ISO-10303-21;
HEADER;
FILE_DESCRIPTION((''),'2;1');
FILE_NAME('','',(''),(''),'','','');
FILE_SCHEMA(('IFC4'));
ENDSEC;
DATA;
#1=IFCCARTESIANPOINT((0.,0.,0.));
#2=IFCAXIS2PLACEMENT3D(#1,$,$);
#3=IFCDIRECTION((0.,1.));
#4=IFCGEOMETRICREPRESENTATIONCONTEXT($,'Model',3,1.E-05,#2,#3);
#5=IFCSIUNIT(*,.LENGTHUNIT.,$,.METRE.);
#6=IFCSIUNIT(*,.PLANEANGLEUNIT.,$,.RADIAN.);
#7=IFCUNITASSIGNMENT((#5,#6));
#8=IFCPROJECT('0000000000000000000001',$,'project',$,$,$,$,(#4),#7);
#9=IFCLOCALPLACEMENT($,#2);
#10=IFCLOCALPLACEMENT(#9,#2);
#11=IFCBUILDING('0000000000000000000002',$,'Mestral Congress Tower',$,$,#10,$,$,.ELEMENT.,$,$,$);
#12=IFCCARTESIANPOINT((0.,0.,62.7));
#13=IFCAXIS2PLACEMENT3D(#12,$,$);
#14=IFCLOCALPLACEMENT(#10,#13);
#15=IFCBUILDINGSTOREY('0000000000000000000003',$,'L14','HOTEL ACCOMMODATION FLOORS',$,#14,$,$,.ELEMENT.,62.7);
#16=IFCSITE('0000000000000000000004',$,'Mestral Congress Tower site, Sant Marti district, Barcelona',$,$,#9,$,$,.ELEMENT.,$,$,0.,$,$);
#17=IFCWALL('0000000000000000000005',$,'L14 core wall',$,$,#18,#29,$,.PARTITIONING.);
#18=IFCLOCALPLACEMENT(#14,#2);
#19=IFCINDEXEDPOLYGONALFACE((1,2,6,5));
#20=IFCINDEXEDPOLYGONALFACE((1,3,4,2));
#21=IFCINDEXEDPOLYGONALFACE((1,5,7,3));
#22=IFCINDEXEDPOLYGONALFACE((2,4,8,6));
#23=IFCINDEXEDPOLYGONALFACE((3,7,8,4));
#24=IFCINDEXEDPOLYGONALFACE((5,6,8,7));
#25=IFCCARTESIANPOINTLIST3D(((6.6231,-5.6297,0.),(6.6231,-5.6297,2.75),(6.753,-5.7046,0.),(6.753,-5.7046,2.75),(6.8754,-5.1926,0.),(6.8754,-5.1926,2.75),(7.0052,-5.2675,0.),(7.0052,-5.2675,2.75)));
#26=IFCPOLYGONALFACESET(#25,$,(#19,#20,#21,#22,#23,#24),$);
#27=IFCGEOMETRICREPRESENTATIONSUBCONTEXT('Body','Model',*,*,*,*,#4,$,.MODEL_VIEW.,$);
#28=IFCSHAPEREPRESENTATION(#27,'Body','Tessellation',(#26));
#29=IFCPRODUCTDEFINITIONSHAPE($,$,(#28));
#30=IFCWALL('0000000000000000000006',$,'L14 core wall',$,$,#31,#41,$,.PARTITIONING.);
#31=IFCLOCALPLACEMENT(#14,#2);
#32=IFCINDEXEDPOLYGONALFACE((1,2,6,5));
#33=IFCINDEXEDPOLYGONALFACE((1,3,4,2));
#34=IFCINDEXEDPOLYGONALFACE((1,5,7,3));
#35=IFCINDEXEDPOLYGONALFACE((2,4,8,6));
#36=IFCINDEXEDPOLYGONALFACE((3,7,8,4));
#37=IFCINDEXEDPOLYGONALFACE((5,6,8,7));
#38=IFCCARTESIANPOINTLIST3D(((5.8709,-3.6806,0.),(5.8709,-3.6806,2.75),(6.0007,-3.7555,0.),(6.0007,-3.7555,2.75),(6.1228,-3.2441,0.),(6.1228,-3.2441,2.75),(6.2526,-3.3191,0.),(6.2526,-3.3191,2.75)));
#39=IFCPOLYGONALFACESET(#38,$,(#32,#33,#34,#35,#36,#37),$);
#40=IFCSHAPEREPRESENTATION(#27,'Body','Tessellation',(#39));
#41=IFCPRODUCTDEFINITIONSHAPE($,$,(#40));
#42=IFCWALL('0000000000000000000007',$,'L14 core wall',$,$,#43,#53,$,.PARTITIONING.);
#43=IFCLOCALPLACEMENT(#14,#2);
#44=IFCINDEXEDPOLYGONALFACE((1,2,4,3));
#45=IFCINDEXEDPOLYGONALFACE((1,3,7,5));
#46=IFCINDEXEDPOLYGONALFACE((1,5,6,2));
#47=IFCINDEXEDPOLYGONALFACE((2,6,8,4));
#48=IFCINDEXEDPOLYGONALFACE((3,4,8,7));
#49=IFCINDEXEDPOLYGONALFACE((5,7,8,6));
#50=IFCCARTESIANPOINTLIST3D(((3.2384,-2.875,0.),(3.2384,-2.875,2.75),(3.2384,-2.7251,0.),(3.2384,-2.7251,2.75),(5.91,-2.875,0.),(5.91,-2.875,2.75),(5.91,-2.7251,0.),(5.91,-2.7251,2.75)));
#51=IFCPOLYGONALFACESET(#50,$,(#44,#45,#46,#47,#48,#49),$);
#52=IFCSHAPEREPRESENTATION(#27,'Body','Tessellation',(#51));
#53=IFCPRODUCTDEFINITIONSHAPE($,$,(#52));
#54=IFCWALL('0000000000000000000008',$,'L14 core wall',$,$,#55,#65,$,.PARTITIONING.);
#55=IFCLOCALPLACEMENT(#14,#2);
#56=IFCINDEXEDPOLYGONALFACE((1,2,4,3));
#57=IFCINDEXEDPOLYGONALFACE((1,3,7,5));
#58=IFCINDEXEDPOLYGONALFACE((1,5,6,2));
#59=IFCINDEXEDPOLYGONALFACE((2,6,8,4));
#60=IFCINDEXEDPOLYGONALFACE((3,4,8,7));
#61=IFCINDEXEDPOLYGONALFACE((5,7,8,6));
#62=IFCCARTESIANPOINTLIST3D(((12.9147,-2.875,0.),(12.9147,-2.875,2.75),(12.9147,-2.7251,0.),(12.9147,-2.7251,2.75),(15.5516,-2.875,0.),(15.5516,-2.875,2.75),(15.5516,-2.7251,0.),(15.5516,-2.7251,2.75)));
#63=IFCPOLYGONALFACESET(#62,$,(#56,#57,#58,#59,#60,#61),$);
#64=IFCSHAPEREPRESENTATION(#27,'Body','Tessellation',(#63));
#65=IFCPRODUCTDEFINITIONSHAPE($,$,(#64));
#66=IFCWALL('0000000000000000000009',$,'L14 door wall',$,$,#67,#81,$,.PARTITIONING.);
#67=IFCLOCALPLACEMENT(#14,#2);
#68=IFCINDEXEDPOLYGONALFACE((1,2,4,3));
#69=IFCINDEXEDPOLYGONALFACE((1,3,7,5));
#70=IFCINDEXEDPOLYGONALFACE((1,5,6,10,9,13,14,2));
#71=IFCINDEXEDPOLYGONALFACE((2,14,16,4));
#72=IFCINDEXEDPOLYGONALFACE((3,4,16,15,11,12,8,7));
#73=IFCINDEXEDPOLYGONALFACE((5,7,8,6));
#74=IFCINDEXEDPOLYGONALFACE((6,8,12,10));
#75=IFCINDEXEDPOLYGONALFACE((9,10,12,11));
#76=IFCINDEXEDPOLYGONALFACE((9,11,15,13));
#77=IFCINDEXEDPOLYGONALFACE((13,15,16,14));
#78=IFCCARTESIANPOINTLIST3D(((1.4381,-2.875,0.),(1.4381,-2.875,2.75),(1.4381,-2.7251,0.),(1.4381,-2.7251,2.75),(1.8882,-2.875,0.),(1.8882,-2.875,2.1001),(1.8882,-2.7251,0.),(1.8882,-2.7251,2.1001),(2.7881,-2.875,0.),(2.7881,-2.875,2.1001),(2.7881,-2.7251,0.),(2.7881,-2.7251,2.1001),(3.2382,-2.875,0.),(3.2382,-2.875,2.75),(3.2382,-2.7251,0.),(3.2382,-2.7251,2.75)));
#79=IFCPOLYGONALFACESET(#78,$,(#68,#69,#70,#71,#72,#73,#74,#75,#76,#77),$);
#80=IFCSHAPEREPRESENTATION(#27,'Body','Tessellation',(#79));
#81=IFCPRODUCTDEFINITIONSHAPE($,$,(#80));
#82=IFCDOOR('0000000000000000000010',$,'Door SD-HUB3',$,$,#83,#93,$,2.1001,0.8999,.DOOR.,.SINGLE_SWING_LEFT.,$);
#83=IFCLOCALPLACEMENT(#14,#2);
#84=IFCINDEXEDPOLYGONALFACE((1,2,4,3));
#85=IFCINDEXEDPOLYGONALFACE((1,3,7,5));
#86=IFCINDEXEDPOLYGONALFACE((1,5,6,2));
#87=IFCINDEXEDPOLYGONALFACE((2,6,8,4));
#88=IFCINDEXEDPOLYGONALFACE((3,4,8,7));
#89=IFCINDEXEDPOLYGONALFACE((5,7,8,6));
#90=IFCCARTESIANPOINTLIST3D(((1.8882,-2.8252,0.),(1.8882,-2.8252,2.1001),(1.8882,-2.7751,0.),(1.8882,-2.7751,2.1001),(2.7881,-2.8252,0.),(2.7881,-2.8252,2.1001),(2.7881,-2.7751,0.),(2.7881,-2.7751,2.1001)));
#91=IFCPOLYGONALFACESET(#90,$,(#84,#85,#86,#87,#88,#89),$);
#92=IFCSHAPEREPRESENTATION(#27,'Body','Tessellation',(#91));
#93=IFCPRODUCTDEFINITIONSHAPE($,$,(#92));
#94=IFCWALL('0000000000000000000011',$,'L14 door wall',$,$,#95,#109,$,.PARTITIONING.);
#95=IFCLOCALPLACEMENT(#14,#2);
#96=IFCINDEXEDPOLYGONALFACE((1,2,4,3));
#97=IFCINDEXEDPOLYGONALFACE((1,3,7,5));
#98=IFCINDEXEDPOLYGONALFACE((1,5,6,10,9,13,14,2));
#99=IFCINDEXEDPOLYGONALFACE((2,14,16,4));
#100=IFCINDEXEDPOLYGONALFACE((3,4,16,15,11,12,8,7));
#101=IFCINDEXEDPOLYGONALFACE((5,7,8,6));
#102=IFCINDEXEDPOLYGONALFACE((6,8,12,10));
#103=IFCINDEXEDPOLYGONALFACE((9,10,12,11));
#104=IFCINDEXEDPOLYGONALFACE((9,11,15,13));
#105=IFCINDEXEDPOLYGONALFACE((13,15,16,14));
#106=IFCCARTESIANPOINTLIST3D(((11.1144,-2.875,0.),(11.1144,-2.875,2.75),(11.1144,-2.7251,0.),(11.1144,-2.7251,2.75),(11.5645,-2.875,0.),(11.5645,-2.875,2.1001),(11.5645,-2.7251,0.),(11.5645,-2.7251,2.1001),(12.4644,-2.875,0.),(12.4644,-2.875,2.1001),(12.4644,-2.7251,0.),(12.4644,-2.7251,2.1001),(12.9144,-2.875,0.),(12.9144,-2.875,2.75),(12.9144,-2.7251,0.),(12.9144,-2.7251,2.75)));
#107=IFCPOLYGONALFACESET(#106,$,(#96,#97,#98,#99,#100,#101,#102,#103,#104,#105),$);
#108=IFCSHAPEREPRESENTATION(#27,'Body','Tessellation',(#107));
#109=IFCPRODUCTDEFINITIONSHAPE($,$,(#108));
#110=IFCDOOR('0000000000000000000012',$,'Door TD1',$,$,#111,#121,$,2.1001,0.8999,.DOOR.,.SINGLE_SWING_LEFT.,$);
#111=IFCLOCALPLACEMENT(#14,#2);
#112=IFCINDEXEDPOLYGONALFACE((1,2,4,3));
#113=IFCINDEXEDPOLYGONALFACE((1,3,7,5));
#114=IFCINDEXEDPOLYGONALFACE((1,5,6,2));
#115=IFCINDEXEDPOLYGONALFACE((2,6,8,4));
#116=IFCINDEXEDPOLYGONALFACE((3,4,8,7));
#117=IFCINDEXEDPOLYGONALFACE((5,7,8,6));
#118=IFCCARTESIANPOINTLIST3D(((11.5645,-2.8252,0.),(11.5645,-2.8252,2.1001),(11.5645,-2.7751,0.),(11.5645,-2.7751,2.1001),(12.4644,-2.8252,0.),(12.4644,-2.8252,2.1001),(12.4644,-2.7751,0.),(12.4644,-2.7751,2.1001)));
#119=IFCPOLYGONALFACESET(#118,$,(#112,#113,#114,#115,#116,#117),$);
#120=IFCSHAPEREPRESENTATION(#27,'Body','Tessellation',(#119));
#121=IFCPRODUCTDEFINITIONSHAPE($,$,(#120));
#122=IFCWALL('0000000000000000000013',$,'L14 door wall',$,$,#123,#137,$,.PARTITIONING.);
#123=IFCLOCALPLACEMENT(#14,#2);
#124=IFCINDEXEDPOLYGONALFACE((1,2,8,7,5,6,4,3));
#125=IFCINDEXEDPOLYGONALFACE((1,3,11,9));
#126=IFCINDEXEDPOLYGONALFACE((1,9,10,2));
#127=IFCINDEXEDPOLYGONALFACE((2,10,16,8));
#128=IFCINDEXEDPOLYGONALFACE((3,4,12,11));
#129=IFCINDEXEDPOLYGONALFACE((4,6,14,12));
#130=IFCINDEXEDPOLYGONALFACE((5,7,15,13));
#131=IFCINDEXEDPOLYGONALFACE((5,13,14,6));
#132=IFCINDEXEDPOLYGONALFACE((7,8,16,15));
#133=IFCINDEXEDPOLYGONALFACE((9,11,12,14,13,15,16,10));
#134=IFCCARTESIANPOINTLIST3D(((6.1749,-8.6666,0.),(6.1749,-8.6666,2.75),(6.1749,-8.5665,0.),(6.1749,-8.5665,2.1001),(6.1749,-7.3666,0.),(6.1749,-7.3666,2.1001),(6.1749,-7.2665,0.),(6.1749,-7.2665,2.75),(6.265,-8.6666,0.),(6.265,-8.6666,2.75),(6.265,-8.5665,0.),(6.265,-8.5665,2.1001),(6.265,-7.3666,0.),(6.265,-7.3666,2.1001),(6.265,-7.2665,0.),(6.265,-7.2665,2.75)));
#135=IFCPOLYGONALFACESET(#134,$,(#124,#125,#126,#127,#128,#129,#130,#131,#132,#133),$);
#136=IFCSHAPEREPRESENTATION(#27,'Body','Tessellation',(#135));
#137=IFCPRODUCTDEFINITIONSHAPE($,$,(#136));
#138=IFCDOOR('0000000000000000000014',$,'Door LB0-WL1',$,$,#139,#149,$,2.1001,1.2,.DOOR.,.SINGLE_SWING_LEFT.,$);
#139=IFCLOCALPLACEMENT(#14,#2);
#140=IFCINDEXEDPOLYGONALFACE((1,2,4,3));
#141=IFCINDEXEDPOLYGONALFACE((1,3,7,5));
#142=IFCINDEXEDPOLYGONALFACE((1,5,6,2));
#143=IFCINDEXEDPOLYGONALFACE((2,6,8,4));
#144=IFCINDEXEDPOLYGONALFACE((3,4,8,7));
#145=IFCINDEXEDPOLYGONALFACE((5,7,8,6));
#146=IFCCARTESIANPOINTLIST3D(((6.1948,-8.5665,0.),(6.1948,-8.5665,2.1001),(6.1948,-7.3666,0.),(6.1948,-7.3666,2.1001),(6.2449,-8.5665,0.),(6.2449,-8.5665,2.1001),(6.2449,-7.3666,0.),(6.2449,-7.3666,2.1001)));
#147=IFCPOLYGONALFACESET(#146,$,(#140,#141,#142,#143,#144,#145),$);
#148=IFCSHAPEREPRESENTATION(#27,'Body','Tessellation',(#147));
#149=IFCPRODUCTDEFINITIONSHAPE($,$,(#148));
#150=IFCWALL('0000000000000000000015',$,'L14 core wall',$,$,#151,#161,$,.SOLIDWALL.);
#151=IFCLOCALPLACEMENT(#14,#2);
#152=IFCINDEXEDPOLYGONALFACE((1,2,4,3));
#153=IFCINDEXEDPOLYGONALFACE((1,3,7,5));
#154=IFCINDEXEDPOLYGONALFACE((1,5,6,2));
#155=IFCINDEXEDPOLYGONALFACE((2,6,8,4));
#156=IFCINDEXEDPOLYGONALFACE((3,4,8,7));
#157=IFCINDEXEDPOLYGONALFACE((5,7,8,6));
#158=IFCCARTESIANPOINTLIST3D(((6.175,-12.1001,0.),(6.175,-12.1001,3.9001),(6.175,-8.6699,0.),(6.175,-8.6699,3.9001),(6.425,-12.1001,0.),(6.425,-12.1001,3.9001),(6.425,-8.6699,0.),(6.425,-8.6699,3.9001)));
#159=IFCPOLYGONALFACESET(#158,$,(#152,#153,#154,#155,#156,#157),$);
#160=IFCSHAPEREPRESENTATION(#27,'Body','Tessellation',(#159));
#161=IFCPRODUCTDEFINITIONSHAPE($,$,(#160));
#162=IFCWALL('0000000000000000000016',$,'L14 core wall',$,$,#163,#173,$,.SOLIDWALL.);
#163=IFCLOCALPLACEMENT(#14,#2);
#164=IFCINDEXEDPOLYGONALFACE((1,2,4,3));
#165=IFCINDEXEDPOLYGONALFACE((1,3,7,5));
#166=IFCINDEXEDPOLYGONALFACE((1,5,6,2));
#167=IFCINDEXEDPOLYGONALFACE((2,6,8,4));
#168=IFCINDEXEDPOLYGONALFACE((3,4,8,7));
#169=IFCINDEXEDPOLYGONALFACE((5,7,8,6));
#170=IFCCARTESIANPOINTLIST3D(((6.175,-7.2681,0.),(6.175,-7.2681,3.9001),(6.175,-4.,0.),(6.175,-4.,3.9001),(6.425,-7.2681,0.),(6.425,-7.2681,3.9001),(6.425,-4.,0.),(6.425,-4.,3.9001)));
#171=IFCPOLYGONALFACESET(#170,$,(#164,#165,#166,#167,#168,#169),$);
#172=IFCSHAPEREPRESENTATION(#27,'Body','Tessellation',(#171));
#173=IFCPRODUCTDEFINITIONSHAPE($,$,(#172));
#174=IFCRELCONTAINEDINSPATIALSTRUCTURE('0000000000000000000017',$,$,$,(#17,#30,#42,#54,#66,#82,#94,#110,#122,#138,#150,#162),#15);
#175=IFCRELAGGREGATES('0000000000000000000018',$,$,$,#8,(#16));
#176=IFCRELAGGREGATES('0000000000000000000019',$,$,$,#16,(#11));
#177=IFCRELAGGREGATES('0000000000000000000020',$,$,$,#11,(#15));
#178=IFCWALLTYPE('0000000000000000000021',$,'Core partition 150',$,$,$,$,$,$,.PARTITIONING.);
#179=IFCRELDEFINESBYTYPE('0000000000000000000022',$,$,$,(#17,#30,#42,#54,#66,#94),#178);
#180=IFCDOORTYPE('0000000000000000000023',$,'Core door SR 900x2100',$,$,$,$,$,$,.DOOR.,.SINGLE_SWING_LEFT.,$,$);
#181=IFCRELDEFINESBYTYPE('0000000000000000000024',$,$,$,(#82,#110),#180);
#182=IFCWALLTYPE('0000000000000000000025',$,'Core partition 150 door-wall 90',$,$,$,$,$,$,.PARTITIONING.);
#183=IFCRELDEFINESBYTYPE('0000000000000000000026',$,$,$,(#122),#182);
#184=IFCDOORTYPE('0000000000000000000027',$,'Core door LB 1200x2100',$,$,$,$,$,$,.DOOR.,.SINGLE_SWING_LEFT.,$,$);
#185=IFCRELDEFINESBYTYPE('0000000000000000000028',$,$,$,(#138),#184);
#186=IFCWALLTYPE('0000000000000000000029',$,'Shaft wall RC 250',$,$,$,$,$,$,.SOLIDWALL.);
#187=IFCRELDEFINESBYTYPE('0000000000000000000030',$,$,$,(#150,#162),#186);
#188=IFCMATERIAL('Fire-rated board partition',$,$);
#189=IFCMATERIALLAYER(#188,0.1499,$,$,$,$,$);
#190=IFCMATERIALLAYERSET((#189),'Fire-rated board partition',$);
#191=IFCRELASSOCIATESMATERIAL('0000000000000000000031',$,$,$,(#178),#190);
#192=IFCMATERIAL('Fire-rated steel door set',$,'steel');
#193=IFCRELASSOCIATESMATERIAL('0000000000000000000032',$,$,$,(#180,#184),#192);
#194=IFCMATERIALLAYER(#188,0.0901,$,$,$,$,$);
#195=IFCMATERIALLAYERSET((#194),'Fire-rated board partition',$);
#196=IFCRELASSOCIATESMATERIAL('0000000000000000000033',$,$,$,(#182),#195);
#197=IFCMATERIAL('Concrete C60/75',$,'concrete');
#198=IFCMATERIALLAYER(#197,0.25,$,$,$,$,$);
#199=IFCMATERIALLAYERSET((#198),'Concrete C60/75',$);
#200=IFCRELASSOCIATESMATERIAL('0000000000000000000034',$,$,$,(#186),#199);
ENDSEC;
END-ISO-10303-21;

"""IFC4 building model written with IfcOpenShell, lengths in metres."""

from ifc_helpers import new_model, si_unit, direction, frame, frame_2d, origin, place, context, subcontext, project, spatial, rectangle, extrude, material, layer, layer_set, type_object, element, fill, save


model = new_model("IFC4")

# Units and contexts
model_context = context("Model", 3, precision=1e-05, world=origin(), true_north=direction((0.0, 1.0)))
body_context = subcontext(model_context, "Body", "Model", "MODEL_VIEW")
ifc_project = project(units=[si_unit("LENGTHUNIT", "METRE"), si_unit("PLANEANGLEUNIT", "RADIAN")], contexts=[model_context])

# Site, building, storey
site_placement = place(None, origin())
site = spatial("IfcSite", under=ifc_project, at=site_placement, Name="Mestral Congress Tower site, Sant Marti district, Barcelona", CompositionType="ELEMENT", RefElevation=0.0)
building_placement = place(site_placement, origin())
building = spatial("IfcBuilding", under=site, at=building_placement, Name="Mestral Congress Tower", CompositionType="ELEMENT")
storey_placement = place(building_placement, frame((0.0, 0.0, 62.7)))
storey = spatial("IfcBuildingStorey", under=building, at=storey_placement, Name="L14", Description="HOTEL ACCOMMODATION FLOORS", CompositionType="ELEMENT", Elevation=62.7)

# Walls
ifc_material_1 = material(Name="Fire-rated board partition")
ifc_layer_1 = layer(ifc_material_1, 0.1499)
ifc_layer_set_1 = layer_set([ifc_layer_1], Name="Fire-rated board partition")
wall_type_1 = type_object("IfcWallType", Name="Core partition 150", PredefinedType="PARTITIONING", material=ifc_layer_set_1)
wall_1_placement = place(storey_placement, frame((6.688, -5.6672, 0.0), z_axis=(0.0, 0.0, 1.0), x_axis=(0.499834, 0.866121, 0.0)))
element("IfcWall", 1, at=wall_1_placement, inside=storey, type_object=wall_type_1, Name="L14 core wall", PredefinedType="PARTITIONING", context=body_context, shape_type="SweptSolid", body=[
    extrude(rectangle(XDim=0.5046, YDim=0.1499, at=frame_2d((0.2524, 0.0))), origin(), (0.0, 0.0, 1.0), 2.75),
])
wall_2_placement = place(storey_placement, frame((5.9358, -3.718, 0.0), z_axis=(0.0, 0.0, 1.0), x_axis=(0.49989, 0.866089, 0.0)))
element("IfcWall", 2, at=wall_2_placement, inside=storey, type_object=wall_type_1, Name="L14 core wall", PredefinedType="PARTITIONING", context=body_context, shape_type="SweptSolid", body=[
    extrude(rectangle(XDim=0.5039, YDim=0.1499, at=frame_2d((0.252, 0.0))), origin(), (0.0, 0.0, 1.0), 2.75),
])
wall_3_placement = place(storey_placement, frame((3.2383, -2.8, 0.0), z_axis=(0.0, 0.0, 1.0), x_axis=(1.0, 0.0, 0.0)))
element("IfcWall", 3, at=wall_3_placement, inside=storey, type_object=wall_type_1, Name="L14 core wall", PredefinedType="PARTITIONING", context=body_context, shape_type="SweptSolid", body=[
    extrude(rectangle(XDim=2.6716, YDim=0.1499, at=frame_2d((1.3359, 0.0))), origin(), (0.0, 0.0, 1.0), 2.75),
])
wall_4_placement = place(storey_placement, frame((12.9148, -2.8, 0.0), z_axis=(0.0, 0.0, 1.0), x_axis=(1.0, 0.0, 0.0)))
element("IfcWall", 4, at=wall_4_placement, inside=storey, type_object=wall_type_1, Name="L14 core wall", PredefinedType="PARTITIONING", context=body_context, shape_type="SweptSolid", body=[
    extrude(rectangle(XDim=2.637, YDim=0.1499, at=frame_2d((1.3184, 0.0))), origin(), (0.0, 0.0, 1.0), 2.75),
])

# Walls, openings, doors
wall_5_placement = place(storey_placement, frame((1.4382, -2.8, 0.0), z_axis=(0.0, 0.0, 1.0), x_axis=(1.0, 0.0, 0.0)))
wall_5 = element("IfcWall", 5, at=wall_5_placement, inside=storey, type_object=wall_type_1, Name="L14 door wall", PredefinedType="PARTITIONING", context=body_context, shape_type="SweptSolid", body=[
    extrude(rectangle(XDim=1.8, YDim=0.1499, at=frame_2d((0.8999, 0.0))), origin(), (0.0, 0.0, 1.0), 2.75),
])
opening_1_placement = place(wall_5_placement, frame((0.45, 0.0, 0.0)))
opening_1 = element("IfcOpeningElement", 6, at=opening_1_placement, cuts=wall_5, PredefinedType="OPENING", context=body_context, shape_type="SweptSolid", body=[
    extrude(rectangle(XDim=0.8999, YDim=2.1001, at=frame_2d((0.45, 1.05))), frame((0.0, 0.085, 0.0), z_axis=(0.0, -1.0, 0.0), x_axis=(1.0, 0.0, 0.0)), (0.0, 0.0, 1.0), 0.1699),
])
ifc_material_2 = material(Name="Fire-rated steel door set", Category="steel")
door_type_1 = type_object("IfcDoorType", Name="Core door SR 900x2100", OperationType="SINGLE_SWING_LEFT", PredefinedType="DOOR", material=ifc_material_2)
door_1_placement = place(opening_1_placement, origin())
door_1 = element("IfcDoor", 7, at=door_1_placement, inside=storey, type_object=door_type_1, Name="Door SD-HUB3", OperationType="SINGLE_SWING_LEFT", OverallHeight=2.1001, OverallWidth=0.8999, PredefinedType="DOOR", context=body_context, shape_type="SweptSolid", body=[
    extrude(rectangle(XDim=0.8999, YDim=2.1001, at=frame_2d((0.45, 1.05))), frame((0.0, 0.0249, 0.0), z_axis=(0.0, -1.0, 0.0), x_axis=(1.0, 0.0, 0.0)), (0.0, 0.0, 1.0), 0.05),
])
fill(opening_1, door_1)
wall_6_placement = place(storey_placement, frame((11.1145, -2.8, 0.0), z_axis=(0.0, 0.0, 1.0), x_axis=(1.0, 0.0, 0.0)))
wall_6 = element("IfcWall", 8, at=wall_6_placement, inside=storey, type_object=wall_type_1, Name="L14 door wall", PredefinedType="PARTITIONING", context=body_context, shape_type="SweptSolid", body=[
    extrude(rectangle(XDim=1.8, YDim=0.1499, at=frame_2d((0.8999, 0.0))), origin(), (0.0, 0.0, 1.0), 2.75),
])
opening_2_placement = place(wall_6_placement, frame((0.45, 0.0, 0.0)))
opening_2 = element("IfcOpeningElement", 9, at=opening_2_placement, cuts=wall_6, PredefinedType="OPENING", context=body_context, shape_type="SweptSolid", body=[
    extrude(rectangle(XDim=0.8999, YDim=2.1001, at=frame_2d((0.45, 1.05))), frame((0.0, 0.085, 0.0), z_axis=(0.0, -1.0, 0.0), x_axis=(1.0, 0.0, 0.0)), (0.0, 0.0, 1.0), 0.1699),
])
door_2_placement = place(opening_2_placement, origin())
door_2 = element("IfcDoor", 10, at=door_2_placement, inside=storey, type_object=door_type_1, Name="Door TD1", OperationType="SINGLE_SWING_LEFT", OverallHeight=2.1001, OverallWidth=0.8999, PredefinedType="DOOR", context=body_context, shape_type="SweptSolid", body=[
    extrude(rectangle(XDim=0.8999, YDim=2.1001, at=frame_2d((0.45, 1.05))), frame((0.0, 0.0249, 0.0), z_axis=(0.0, -1.0, 0.0), x_axis=(1.0, 0.0, 0.0)), (0.0, 0.0, 1.0), 0.05),
])
fill(opening_2, door_2)
ifc_layer_2 = layer(ifc_material_1, 0.0901)
ifc_layer_set_2 = layer_set([ifc_layer_2], Name="Fire-rated board partition")
wall_type_2 = type_object("IfcWallType", Name="Core partition 150 door-wall 90", PredefinedType="PARTITIONING", material=ifc_layer_set_2)
wall_7_placement = place(storey_placement, frame((6.22, -7.2664, 0.0), z_axis=(0.0, 0.0, 1.0), x_axis=(0.0, -1.0, 0.0)))
wall_7 = element("IfcWall", 11, at=wall_7_placement, inside=storey, type_object=wall_type_2, Name="L14 door wall", PredefinedType="PARTITIONING", context=body_context, shape_type="SweptSolid", body=[
    extrude(rectangle(XDim=1.4001, YDim=0.0901, at=frame_2d((0.7002, 0.0))), origin(), (0.0, 0.0, 1.0), 2.75),
])
opening_3_placement = place(wall_7_placement, frame((0.1001, 0.0, 0.0)))
opening_3 = element("IfcOpeningElement", 12, at=opening_3_placement, cuts=wall_7, PredefinedType="OPENING", context=body_context, shape_type="SweptSolid", body=[
    extrude(rectangle(XDim=1.2, YDim=2.1001, at=frame_2d((0.6001, 1.05))), frame((0.0, 0.0549, 0.0), z_axis=(0.0, -1.0, 0.0), x_axis=(1.0, 0.0, 0.0)), (0.0, 0.0, 1.0), 0.1101),
])
door_type_2 = type_object("IfcDoorType", Name="Core door LB 1200x2100", OperationType="SINGLE_SWING_LEFT", PredefinedType="DOOR", material=ifc_material_2)
door_3_placement = place(opening_3_placement, origin())
door_3 = element("IfcDoor", 13, at=door_3_placement, inside=storey, type_object=door_type_2, Name="Door LB0-WL1", OperationType="SINGLE_SWING_LEFT", OverallHeight=2.1001, OverallWidth=1.2, PredefinedType="DOOR", context=body_context, shape_type="SweptSolid", body=[
    extrude(rectangle(XDim=1.2, YDim=2.1001, at=frame_2d((0.6001, 1.05))), frame((0.0, 0.0249, 0.0), z_axis=(0.0, -1.0, 0.0), x_axis=(1.0, 0.0, 0.0)), (0.0, 0.0, 1.0), 0.05),
])
fill(opening_3, door_3)

# Walls
ifc_material_3 = material(Name="Concrete C60/75", Category="concrete")
ifc_layer_3 = layer(ifc_material_3, 0.25)
ifc_layer_set_3 = layer_set([ifc_layer_3], Name="Concrete C60/75")
wall_type_3 = type_object("IfcWallType", Name="Shaft wall RC 250", PredefinedType="SOLIDWALL", material=ifc_layer_set_3)
wall_8_placement = place(storey_placement, frame((6.3, -8.6699, 0.0), z_axis=(0.0, 0.0, 1.0), x_axis=(0.0, -1.0, 0.0)))
element("IfcWall", 14, at=wall_8_placement, inside=storey, type_object=wall_type_3, Name="L14 core wall", PredefinedType="SOLIDWALL", context=body_context, shape_type="SweptSolid", body=[
    extrude(rectangle(XDim=3.4302, YDim=0.25, at=frame_2d((1.7151, 0.0))), origin(), (0.0, 0.0, 1.0), 3.9001),
])
wall_9_placement = place(storey_placement, frame((6.3, -7.2681, 0.0), z_axis=(0.0, 0.0, 1.0), x_axis=(0.0, 1.0, 0.0)))
element("IfcWall", 15, at=wall_9_placement, inside=storey, type_object=wall_type_3, Name="L14 core wall", PredefinedType="SOLIDWALL", context=body_context, shape_type="SweptSolid", body=[
    extrude(rectangle(XDim=3.2681, YDim=0.25, at=frame_2d((1.634, 0.0))), origin(), (0.0, 0.0, 1.0), 3.9001),
])

save(model, "model.ifc")
